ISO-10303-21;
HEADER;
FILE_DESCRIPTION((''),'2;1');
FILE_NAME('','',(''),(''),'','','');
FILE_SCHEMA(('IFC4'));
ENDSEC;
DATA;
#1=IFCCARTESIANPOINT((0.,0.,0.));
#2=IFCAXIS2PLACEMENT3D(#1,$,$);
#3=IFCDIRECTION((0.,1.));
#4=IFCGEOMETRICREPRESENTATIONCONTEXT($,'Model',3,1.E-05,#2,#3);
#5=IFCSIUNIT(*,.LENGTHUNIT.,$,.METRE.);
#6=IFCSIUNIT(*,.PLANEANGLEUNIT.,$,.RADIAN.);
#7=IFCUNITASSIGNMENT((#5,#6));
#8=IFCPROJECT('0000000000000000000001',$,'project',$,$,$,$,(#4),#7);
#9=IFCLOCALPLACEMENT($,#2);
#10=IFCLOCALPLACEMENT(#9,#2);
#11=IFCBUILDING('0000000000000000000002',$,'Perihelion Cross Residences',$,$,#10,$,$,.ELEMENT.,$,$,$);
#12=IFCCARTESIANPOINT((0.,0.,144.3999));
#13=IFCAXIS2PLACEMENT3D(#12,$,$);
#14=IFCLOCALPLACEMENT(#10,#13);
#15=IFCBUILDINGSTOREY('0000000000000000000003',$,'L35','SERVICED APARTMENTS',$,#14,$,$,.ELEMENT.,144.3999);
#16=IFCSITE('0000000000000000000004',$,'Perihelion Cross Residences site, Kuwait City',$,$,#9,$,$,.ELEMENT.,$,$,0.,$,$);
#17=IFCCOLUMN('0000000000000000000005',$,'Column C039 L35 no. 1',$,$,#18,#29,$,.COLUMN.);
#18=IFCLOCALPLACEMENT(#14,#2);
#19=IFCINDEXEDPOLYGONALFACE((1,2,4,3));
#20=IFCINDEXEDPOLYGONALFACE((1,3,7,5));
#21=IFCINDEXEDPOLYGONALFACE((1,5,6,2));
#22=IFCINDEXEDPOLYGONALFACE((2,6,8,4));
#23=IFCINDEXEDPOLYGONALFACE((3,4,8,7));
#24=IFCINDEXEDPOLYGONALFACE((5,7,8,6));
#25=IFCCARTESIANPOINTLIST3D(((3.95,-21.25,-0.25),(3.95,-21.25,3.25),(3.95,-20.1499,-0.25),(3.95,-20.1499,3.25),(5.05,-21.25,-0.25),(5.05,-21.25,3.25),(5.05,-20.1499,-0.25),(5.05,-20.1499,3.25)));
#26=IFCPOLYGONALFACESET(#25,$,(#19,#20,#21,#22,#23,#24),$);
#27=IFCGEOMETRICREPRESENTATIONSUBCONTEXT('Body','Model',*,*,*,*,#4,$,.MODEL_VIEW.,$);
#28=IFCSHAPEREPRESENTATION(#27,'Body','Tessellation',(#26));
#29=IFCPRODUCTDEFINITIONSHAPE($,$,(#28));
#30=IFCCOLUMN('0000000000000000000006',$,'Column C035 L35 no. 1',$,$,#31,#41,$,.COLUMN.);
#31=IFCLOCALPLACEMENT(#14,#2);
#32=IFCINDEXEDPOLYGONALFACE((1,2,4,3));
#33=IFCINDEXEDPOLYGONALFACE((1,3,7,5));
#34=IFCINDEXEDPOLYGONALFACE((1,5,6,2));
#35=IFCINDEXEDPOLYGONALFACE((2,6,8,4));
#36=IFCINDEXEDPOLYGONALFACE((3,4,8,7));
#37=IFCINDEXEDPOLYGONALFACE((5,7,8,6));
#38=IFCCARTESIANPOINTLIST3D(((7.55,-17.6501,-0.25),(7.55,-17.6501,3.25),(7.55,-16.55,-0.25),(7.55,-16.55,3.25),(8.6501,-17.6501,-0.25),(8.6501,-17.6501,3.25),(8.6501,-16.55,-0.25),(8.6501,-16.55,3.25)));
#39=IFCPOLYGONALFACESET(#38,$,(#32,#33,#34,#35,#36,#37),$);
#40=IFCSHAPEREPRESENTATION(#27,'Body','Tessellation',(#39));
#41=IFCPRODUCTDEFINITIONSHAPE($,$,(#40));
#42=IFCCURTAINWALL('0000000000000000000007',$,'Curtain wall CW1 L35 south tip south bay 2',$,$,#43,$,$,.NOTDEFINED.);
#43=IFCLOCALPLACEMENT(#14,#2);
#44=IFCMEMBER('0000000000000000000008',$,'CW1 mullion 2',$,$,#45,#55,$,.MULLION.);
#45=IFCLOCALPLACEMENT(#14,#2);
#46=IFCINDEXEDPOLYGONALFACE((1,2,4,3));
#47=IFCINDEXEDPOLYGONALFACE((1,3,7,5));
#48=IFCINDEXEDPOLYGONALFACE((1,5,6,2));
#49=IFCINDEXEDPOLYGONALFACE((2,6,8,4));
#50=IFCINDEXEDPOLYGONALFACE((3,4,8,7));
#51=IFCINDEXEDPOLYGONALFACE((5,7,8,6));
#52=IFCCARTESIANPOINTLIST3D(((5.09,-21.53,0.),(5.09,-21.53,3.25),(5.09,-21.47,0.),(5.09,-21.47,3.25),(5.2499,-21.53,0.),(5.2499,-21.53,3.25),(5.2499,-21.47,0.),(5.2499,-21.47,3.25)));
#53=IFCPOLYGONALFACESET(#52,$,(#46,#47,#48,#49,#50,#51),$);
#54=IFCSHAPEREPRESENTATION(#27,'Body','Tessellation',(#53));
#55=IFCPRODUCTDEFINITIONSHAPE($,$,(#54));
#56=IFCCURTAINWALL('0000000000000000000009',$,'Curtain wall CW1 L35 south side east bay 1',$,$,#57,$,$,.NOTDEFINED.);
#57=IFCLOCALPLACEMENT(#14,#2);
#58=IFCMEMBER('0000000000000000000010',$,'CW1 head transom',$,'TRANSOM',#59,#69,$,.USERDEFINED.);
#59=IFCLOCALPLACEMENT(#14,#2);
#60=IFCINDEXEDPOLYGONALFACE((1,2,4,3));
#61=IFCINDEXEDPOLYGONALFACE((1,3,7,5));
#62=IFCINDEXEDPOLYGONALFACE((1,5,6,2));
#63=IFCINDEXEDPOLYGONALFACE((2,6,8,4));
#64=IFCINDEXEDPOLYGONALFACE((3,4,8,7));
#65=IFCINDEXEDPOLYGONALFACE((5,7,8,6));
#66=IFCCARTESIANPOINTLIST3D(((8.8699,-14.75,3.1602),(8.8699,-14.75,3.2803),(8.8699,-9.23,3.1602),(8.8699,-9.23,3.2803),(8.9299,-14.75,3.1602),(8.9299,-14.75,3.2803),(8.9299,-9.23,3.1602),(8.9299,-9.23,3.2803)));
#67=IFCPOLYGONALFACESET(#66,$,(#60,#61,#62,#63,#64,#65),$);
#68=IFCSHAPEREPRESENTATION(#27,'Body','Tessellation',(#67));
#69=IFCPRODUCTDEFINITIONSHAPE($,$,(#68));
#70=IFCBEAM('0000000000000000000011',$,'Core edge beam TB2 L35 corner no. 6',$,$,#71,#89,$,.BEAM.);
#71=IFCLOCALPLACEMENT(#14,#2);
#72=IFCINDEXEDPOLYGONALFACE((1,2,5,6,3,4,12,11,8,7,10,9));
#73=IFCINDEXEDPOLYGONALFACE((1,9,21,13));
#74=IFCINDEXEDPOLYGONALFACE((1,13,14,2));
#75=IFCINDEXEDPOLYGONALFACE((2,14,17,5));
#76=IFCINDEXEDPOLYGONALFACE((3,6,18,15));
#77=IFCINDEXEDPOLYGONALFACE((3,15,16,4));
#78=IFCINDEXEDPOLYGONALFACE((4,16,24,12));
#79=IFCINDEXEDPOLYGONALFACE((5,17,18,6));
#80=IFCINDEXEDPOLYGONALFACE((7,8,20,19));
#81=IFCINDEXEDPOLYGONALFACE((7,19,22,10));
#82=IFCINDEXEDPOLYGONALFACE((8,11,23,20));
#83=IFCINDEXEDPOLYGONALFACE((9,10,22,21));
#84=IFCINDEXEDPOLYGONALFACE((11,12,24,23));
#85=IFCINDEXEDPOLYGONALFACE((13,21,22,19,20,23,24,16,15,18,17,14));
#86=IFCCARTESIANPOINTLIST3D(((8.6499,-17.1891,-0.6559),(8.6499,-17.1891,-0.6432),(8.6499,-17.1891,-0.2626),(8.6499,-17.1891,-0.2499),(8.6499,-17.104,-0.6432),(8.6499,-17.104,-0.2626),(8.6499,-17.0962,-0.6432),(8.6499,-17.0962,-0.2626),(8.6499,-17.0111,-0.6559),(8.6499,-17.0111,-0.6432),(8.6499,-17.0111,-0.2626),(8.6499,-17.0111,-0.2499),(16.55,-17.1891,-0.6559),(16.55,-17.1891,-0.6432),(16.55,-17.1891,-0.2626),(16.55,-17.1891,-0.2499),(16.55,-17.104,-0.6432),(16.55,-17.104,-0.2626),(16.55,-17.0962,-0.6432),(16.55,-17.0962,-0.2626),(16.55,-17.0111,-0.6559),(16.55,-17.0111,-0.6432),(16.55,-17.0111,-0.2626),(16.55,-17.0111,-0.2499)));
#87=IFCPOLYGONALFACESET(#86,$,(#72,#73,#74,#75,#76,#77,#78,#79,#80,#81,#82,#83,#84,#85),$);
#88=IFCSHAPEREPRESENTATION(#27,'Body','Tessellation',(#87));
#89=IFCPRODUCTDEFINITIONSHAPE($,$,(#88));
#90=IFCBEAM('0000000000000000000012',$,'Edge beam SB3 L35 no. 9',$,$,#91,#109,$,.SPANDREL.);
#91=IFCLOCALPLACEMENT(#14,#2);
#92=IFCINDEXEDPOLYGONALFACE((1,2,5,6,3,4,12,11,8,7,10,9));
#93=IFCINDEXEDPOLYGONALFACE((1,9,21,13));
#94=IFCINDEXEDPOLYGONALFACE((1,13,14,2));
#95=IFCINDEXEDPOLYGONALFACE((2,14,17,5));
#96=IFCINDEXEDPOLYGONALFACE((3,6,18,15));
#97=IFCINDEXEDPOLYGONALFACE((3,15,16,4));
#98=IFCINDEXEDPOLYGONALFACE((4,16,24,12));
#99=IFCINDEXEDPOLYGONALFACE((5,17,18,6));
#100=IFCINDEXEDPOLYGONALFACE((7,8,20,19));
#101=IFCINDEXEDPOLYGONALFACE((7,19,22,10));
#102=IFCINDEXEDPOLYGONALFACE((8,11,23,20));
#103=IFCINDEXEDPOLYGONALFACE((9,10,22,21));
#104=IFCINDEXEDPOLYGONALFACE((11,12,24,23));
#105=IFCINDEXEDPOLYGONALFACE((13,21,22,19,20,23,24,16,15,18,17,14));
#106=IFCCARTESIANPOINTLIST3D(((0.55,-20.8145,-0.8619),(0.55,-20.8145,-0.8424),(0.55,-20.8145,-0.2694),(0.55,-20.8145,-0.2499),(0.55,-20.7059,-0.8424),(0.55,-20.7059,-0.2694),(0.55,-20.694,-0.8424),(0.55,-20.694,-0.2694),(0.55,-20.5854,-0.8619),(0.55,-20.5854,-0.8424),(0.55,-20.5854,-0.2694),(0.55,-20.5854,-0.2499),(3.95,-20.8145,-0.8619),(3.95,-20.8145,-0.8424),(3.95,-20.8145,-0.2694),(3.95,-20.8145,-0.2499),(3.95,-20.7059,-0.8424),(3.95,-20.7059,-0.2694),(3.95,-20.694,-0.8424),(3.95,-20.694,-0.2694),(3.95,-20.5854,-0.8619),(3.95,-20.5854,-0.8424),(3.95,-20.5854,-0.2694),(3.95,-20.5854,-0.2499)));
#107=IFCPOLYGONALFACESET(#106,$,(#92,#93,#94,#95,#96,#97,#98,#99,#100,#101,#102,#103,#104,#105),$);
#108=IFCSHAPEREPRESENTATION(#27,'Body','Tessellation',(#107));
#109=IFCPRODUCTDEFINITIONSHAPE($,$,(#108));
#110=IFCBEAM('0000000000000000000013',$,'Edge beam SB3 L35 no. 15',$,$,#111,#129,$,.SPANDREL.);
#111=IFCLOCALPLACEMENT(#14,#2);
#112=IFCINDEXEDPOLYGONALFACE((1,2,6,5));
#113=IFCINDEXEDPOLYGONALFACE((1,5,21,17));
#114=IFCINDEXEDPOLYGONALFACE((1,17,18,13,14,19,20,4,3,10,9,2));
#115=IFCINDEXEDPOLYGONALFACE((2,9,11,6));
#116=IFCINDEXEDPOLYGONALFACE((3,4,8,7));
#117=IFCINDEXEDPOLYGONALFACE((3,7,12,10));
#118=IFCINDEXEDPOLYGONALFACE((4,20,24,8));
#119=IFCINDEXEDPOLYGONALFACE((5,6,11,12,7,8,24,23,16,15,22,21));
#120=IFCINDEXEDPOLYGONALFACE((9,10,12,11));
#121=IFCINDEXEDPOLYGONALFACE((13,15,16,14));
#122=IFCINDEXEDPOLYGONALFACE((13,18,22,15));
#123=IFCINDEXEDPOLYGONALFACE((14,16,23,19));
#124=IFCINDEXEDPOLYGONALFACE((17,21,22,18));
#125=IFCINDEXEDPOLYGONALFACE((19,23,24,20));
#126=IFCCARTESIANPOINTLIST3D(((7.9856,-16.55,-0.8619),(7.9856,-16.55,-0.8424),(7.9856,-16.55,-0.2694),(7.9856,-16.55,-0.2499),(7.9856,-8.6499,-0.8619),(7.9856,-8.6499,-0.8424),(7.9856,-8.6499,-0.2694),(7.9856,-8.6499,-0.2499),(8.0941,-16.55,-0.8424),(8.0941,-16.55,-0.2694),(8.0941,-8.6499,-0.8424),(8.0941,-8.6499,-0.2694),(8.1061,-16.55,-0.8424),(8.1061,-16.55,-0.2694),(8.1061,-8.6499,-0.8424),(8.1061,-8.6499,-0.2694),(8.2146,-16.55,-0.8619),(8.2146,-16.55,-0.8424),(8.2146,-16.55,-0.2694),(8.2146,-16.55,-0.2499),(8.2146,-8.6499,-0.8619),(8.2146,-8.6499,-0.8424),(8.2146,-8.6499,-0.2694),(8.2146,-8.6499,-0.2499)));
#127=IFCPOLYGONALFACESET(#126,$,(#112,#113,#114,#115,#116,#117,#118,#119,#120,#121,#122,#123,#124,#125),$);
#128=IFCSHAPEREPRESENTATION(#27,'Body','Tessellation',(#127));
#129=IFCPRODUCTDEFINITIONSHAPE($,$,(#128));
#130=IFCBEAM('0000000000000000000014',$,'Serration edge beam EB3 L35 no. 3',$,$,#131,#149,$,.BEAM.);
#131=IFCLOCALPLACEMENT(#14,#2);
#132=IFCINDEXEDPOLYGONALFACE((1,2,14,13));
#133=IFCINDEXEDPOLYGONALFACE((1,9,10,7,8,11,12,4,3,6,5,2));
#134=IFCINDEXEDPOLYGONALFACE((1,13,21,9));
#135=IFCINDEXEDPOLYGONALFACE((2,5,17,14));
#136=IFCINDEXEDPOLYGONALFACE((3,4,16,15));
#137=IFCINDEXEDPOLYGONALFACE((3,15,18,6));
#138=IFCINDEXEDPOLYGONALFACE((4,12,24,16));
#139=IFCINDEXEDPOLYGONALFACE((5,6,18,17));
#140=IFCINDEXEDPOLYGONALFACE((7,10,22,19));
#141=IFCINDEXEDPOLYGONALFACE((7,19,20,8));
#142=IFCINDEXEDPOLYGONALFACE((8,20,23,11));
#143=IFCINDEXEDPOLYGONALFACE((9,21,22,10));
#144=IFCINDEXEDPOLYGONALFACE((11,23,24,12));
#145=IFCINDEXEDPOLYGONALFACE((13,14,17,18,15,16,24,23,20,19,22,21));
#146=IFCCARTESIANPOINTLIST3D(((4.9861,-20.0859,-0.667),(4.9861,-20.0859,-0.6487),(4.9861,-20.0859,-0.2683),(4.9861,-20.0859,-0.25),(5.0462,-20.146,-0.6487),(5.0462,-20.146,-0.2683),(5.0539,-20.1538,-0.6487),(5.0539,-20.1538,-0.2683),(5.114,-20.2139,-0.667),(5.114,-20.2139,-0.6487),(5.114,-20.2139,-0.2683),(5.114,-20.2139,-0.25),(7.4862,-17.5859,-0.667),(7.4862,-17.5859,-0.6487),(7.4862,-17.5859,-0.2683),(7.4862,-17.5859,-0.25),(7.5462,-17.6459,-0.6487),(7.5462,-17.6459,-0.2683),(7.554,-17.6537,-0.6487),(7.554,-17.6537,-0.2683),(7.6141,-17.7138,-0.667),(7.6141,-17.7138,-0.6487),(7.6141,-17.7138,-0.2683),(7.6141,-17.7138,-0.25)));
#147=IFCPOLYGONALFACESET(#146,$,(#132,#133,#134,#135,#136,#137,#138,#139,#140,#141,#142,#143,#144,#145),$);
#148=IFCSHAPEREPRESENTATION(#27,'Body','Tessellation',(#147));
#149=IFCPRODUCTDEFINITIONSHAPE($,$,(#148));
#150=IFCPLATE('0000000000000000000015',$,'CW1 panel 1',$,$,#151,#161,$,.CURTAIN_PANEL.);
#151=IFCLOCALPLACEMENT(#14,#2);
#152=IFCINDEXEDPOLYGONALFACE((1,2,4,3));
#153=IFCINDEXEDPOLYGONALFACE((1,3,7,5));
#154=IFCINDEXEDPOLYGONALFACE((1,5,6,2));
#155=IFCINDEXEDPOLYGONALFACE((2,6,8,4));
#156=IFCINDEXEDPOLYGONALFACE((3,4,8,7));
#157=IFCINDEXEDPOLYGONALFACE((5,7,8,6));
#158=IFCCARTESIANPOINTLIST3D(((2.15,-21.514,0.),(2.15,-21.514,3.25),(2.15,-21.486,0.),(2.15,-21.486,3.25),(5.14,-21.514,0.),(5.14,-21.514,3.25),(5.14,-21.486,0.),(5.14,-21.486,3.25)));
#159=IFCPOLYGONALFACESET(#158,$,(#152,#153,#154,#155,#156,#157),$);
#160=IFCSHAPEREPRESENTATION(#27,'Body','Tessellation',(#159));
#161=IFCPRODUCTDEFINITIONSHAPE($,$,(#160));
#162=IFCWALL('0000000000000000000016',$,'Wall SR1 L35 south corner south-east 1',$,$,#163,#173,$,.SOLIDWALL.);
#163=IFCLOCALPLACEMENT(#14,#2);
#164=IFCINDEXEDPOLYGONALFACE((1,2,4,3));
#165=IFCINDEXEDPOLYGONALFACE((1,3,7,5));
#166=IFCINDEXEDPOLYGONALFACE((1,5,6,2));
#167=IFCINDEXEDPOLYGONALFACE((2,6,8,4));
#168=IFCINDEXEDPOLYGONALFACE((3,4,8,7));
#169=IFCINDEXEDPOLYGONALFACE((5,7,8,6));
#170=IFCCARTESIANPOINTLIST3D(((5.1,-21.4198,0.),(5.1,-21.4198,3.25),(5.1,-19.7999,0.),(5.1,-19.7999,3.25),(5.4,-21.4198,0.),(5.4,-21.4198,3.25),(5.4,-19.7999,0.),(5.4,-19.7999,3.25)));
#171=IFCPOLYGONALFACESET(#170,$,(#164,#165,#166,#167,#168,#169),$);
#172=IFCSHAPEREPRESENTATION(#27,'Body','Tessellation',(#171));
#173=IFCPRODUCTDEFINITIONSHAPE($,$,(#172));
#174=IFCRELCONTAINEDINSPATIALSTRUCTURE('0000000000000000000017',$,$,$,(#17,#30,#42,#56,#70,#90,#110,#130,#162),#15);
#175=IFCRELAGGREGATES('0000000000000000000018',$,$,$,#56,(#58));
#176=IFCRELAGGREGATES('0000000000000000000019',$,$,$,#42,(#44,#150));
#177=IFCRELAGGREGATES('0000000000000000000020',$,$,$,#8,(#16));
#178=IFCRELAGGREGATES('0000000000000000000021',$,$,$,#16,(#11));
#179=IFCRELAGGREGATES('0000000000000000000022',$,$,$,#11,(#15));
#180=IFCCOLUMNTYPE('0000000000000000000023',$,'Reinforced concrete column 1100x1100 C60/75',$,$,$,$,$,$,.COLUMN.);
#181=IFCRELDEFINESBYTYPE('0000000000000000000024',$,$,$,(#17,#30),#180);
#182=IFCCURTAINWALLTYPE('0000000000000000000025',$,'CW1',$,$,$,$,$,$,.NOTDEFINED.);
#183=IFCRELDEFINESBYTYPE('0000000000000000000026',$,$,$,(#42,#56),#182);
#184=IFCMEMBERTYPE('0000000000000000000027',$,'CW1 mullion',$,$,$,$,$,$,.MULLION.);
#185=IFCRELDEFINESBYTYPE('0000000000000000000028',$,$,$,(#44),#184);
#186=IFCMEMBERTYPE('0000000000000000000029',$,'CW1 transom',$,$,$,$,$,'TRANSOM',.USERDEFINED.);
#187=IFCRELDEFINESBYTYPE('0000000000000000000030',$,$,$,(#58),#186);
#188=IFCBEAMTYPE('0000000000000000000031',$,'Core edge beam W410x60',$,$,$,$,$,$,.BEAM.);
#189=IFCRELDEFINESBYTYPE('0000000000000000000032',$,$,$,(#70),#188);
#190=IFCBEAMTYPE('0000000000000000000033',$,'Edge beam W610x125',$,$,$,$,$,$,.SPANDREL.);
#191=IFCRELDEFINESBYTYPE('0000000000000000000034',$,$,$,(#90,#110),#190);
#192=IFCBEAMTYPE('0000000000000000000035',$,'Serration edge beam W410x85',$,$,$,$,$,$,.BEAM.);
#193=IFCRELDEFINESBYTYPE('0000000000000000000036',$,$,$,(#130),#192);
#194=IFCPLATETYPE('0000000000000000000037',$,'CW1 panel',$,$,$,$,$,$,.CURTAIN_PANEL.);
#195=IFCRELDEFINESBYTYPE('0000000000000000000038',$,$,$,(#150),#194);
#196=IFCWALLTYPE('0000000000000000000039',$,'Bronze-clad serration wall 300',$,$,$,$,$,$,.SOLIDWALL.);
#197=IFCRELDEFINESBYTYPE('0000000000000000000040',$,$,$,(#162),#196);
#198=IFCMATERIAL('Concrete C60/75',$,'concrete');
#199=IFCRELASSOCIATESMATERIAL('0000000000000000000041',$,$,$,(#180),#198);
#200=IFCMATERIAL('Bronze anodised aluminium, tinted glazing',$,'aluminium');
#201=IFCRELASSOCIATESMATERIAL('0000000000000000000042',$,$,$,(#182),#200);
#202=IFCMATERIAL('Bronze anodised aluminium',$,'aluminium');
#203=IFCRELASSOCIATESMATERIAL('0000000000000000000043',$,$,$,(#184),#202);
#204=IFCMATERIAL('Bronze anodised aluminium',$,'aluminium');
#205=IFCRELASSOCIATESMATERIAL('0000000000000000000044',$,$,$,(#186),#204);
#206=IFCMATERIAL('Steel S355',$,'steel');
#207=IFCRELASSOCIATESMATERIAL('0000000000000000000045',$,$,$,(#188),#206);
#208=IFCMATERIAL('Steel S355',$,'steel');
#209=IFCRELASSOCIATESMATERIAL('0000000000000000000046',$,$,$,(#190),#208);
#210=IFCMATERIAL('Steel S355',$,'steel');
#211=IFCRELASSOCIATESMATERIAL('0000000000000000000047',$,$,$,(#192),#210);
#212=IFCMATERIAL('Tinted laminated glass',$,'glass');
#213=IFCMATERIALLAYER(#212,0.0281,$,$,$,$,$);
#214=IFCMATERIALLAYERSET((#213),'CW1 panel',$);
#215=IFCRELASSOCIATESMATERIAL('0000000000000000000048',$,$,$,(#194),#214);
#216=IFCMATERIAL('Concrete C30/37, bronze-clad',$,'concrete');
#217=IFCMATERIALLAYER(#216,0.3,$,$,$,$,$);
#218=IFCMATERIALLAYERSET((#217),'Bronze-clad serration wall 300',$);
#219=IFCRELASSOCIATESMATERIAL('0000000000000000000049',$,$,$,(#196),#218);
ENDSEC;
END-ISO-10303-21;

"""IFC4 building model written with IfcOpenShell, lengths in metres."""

from ifc_helpers import new_model, si_unit, direction, frame, frame_2d, origin, origin_2d, place, context, subcontext, project, spatial, rectangle, i_section, extrude, material, layer, layer_set, material_profile, profile_set, type_object, element, aggregate, save


model = new_model("IFC4")

# Units and contexts
model_context = context("Model", 3, precision=1e-05, world=origin(), true_north=direction((0.0, 1.0)))
body_context = subcontext(model_context, "Body", "Model", "MODEL_VIEW")
ifc_project = project(units=[si_unit("LENGTHUNIT", "METRE"), si_unit("PLANEANGLEUNIT", "RADIAN")], contexts=[model_context])

# Site, building, storey
site_placement = place(None, origin())
site = spatial("IfcSite", under=ifc_project, at=site_placement, Name="Perihelion Cross Residences site, Kuwait City", CompositionType="ELEMENT", RefElevation=0.0)
building_placement = place(site_placement, origin())
building = spatial("IfcBuilding", under=site, at=building_placement, Name="Perihelion Cross Residences", CompositionType="ELEMENT")
storey_placement = place(building_placement, frame((0.0, 0.0, 144.3999)))
storey = spatial("IfcBuildingStorey", under=building, at=storey_placement, Name="L35", Description="SERVICED APARTMENTS", CompositionType="ELEMENT", Elevation=144.3999)

# Columns
ifc_material_1 = material(Name="Concrete C60/75", Category="concrete")
ifc_material_profile_1 = material_profile(ifc_material_1, rectangle(XDim=1.1001, YDim=1.1001, at=origin_2d()), Name="RC 1100x1100")
ifc_profile_set_1 = profile_set([ifc_material_profile_1], Name="Concrete C60/75")
column_type = type_object("IfcColumnType", Name="Reinforced concrete column 1100x1100 C60/75", PredefinedType="COLUMN", material=ifc_profile_set_1)
for number, where, z_axis, x_axis, name in (
    (1, (4.5, -20.7, -0.25), (0.0, 0.0, 1.0), (1.0, 0.0, 0.0), "Column C039 L35 no. 1"),
    (2, (8.1001, -17.1001, -0.25), (0.0, 0.0, 1.0), (1.0, 0.0, 0.0), "Column C035 L35 no. 1"),
):
    element("IfcColumn", number, at=place(storey_placement, frame(where, z_axis=z_axis, x_axis=x_axis)), inside=storey, type_object=column_type, Name=name, PredefinedType="COLUMN", context=body_context, shape_type="SweptSolid", body=[
        extrude(rectangle(XDim=1.1001, YDim=1.1001, at=origin_2d()), origin(), (0.0, 0.0, 1.0), 3.5),
    ])

# Curtain walls, members
ifc_material_2 = material(Name="Bronze anodised aluminium, tinted glazing", Category="aluminium")
curtain_wall_type = type_object("IfcCurtainWallType", Name="CW1", PredefinedType="NOTDEFINED", material=ifc_material_2)
curtain_wall_1_placement = place(storey_placement, origin())
curtain_wall_1 = element("IfcCurtainWall", 3, at=curtain_wall_1_placement, inside=storey, type_object=curtain_wall_type, Name="Curtain wall CW1 L35 south tip south bay 2", PredefinedType="NOTDEFINED")
ifc_material_3 = material(Name="Bronze anodised aluminium", Category="aluminium")
ifc_material_profile_2 = material_profile(ifc_material_3, rectangle(XDim=0.0601, YDim=0.1599, at=origin_2d()), Name="CW1 mullion")
ifc_profile_set_2 = profile_set([ifc_material_profile_2], Name="Bronze anodised aluminium")
member_type_1 = type_object("IfcMemberType", Name="CW1 mullion", PredefinedType="MULLION", material=ifc_profile_set_2)
member_1_placement = place(storey_placement, frame((5.1699, -21.5, 0.0), z_axis=(0.0, 0.0, 1.0), x_axis=(0.0, 1.0, 0.0)))
member_1 = element("IfcMember", 4, at=member_1_placement, type_object=member_type_1, Name="CW1 mullion 2", PredefinedType="MULLION", context=body_context, shape_type="SweptSolid", body=[
    extrude(rectangle(XDim=0.0601, YDim=0.1599, at=origin_2d()), origin(), (0.0, 0.0, 1.0), 3.25),
])
curtain_wall_2_placement = place(storey_placement, origin())
curtain_wall_2 = element("IfcCurtainWall", 5, at=curtain_wall_2_placement, inside=storey, type_object=curtain_wall_type, Name="Curtain wall CW1 L35 south side east bay 1", PredefinedType="NOTDEFINED")
ifc_material_4 = material(Name="Bronze anodised aluminium", Category="aluminium")
ifc_material_profile_3 = material_profile(ifc_material_4, rectangle(XDim=0.0601, YDim=0.1201, at=origin_2d()), Name="CW1 transom")
ifc_profile_set_3 = profile_set([ifc_material_profile_3], Name="Bronze anodised aluminium")
member_type_2 = type_object("IfcMemberType", Name="CW1 transom", ElementType="TRANSOM", PredefinedType="USERDEFINED", material=ifc_profile_set_3)
member_2_placement = place(storey_placement, frame((8.8999, -14.75, 3.2202), z_axis=(0.0, 1.0, 0.0), x_axis=(-1.0, 0.0, 0.0)))
member_2 = element("IfcMember", 6, at=member_2_placement, type_object=member_type_2, Name="CW1 head transom", ObjectType="TRANSOM", PredefinedType="USERDEFINED", context=body_context, shape_type="SweptSolid", body=[
    extrude(rectangle(XDim=0.0601, YDim=0.1201, at=origin_2d()), origin(), (0.0, 0.0, 1.0), 5.52),
])
aggregate(curtain_wall_2, [member_2])

# Beams
ifc_material_5 = material(Name="Steel S355", Category="steel")
ifc_material_profile_4 = material_profile(ifc_material_5, i_section(OverallWidth=0.178, OverallDepth=0.406, WebThickness=0.0078, FlangeThickness=0.0127, at=origin_2d()), Name="W410x60")
ifc_profile_set_4 = profile_set([ifc_material_profile_4], Name="Steel S355")
beam_type_1 = type_object("IfcBeamType", Name="Core edge beam W410x60", PredefinedType="BEAM", material=ifc_profile_set_4)
beam_1_placement = place(storey_placement, frame((8.6499, -17.1001, -0.4529), z_axis=(1.0, 0.0, 0.0), x_axis=(0.0, 1.0, 0.0)))
element("IfcBeam", 7, at=beam_1_placement, inside=storey, type_object=beam_type_1, Name="Core edge beam TB2 L35 corner no. 6", PredefinedType="BEAM", context=body_context, shape_type="SweptSolid", body=[
    extrude(i_section(OverallWidth=0.178, OverallDepth=0.406, WebThickness=0.0078, FlangeThickness=0.0127, at=origin_2d()), origin(), (0.0, 0.0, 1.0), 7.9001),
])
ifc_material_6 = material(Name="Steel S355", Category="steel")
ifc_material_profile_5 = material_profile(ifc_material_6, i_section(OverallWidth=0.229, OverallDepth=0.6121, WebThickness=0.012, FlangeThickness=0.0195, at=origin_2d()), Name="W610x125")
ifc_profile_set_5 = profile_set([ifc_material_profile_5], Name="Steel S355")
beam_type_2 = type_object("IfcBeamType", Name="Edge beam W610x125", PredefinedType="SPANDREL", material=ifc_profile_set_5)
beam_2_placement = place(storey_placement, frame((0.55, -20.7, -0.5559), z_axis=(1.0, 0.0, 0.0), x_axis=(0.0, 1.0, 0.0)))
element("IfcBeam", 8, at=beam_2_placement, inside=storey, type_object=beam_type_2, Name="Edge beam SB3 L35 no. 9", PredefinedType="SPANDREL", context=body_context, shape_type="SweptSolid", body=[
    extrude(i_section(OverallWidth=0.229, OverallDepth=0.6121, WebThickness=0.012, FlangeThickness=0.0195, at=origin_2d()), origin(), (0.0, 0.0, 1.0), 3.3999),
])
beam_3_placement = place(storey_placement, frame((8.1001, -16.55, -0.5559), z_axis=(0.0, 1.0, 0.0), x_axis=(-1.0, 0.0, 0.0)))
element("IfcBeam", 9, at=beam_3_placement, inside=storey, type_object=beam_type_2, Name="Edge beam SB3 L35 no. 15", PredefinedType="SPANDREL", context=body_context, shape_type="SweptSolid", body=[
    extrude(i_section(OverallWidth=0.229, OverallDepth=0.6121, WebThickness=0.012, FlangeThickness=0.0195, at=origin_2d()), origin(), (0.0, 0.0, 1.0), 7.9001),
])
ifc_material_7 = material(Name="Steel S355", Category="steel")
ifc_material_profile_6 = material_profile(ifc_material_7, i_section(OverallWidth=0.1809, OverallDepth=0.417, WebThickness=0.011, FlangeThickness=0.0183, at=origin_2d()), Name="W410x85")
ifc_profile_set_6 = profile_set([ifc_material_profile_6], Name="Steel S355")
beam_type_3 = type_object("IfcBeamType", Name="Serration edge beam W410x85", PredefinedType="BEAM", material=ifc_profile_set_6)
beam_4_placement = place(storey_placement, frame((5.05, -20.1499, -0.4585), z_axis=(0.707107, 0.707107, 0.0), x_axis=(-0.707107, 0.707107, 0.0)))
element("IfcBeam", 10, at=beam_4_placement, inside=storey, type_object=beam_type_3, Name="Serration edge beam EB3 L35 no. 3", PredefinedType="BEAM", context=body_context, shape_type="SweptSolid", body=[
    extrude(i_section(OverallWidth=0.1809, OverallDepth=0.417, WebThickness=0.011, FlangeThickness=0.0183, at=origin_2d()), origin(), (0.0, 0.0, 1.0), 3.5356),
])

# Plate
ifc_material_8 = material(Name="Tinted laminated glass", Category="glass")
ifc_layer_1 = layer(ifc_material_8, 0.0281)
ifc_layer_set_1 = layer_set([ifc_layer_1], Name="CW1 panel")
plate_type = type_object("IfcPlateType", Name="CW1 panel", PredefinedType="CURTAIN_PANEL", material=ifc_layer_set_1)
plate_placement = place(storey_placement, frame((3.645, -21.5, 0.0), z_axis=(0.0, 0.0, 1.0), x_axis=(1.0, 0.0, 0.0)))
plate = element("IfcPlate", 11, at=plate_placement, type_object=plate_type, Name="CW1 panel 1", PredefinedType="CURTAIN_PANEL", context=body_context, shape_type="SweptSolid", body=[
    extrude(rectangle(XDim=2.99, YDim=0.0281, at=origin_2d()), origin(), (0.0, 0.0, 1.0), 3.25),
])
aggregate(curtain_wall_1, [member_1, plate])

# Wall
ifc_material_9 = material(Name="Concrete C30/37, bronze-clad", Category="concrete")
ifc_layer_2 = layer(ifc_material_9, 0.3)
ifc_layer_set_2 = layer_set([ifc_layer_2], Name="Bronze-clad serration wall 300")
wall_type_1 = type_object("IfcWallType", Name="Bronze-clad serration wall 300", PredefinedType="SOLIDWALL", material=ifc_layer_set_2)
wall_1_placement = place(storey_placement, frame((5.25, -21.4199, 0.0), z_axis=(0.0, 0.0, 1.0), x_axis=(0.0, 1.0, 0.0)))
element("IfcWall", 12, at=wall_1_placement, inside=storey, type_object=wall_type_1, Name="Wall SR1 L35 south corner south-east 1", PredefinedType="SOLIDWALL", context=body_context, shape_type="SweptSolid", body=[
    extrude(rectangle(XDim=1.6199, YDim=0.3, at=frame_2d((0.8101, 0.0))), origin(), (0.0, 0.0, 1.0), 3.25),
])

save(model, "model.ifc")
